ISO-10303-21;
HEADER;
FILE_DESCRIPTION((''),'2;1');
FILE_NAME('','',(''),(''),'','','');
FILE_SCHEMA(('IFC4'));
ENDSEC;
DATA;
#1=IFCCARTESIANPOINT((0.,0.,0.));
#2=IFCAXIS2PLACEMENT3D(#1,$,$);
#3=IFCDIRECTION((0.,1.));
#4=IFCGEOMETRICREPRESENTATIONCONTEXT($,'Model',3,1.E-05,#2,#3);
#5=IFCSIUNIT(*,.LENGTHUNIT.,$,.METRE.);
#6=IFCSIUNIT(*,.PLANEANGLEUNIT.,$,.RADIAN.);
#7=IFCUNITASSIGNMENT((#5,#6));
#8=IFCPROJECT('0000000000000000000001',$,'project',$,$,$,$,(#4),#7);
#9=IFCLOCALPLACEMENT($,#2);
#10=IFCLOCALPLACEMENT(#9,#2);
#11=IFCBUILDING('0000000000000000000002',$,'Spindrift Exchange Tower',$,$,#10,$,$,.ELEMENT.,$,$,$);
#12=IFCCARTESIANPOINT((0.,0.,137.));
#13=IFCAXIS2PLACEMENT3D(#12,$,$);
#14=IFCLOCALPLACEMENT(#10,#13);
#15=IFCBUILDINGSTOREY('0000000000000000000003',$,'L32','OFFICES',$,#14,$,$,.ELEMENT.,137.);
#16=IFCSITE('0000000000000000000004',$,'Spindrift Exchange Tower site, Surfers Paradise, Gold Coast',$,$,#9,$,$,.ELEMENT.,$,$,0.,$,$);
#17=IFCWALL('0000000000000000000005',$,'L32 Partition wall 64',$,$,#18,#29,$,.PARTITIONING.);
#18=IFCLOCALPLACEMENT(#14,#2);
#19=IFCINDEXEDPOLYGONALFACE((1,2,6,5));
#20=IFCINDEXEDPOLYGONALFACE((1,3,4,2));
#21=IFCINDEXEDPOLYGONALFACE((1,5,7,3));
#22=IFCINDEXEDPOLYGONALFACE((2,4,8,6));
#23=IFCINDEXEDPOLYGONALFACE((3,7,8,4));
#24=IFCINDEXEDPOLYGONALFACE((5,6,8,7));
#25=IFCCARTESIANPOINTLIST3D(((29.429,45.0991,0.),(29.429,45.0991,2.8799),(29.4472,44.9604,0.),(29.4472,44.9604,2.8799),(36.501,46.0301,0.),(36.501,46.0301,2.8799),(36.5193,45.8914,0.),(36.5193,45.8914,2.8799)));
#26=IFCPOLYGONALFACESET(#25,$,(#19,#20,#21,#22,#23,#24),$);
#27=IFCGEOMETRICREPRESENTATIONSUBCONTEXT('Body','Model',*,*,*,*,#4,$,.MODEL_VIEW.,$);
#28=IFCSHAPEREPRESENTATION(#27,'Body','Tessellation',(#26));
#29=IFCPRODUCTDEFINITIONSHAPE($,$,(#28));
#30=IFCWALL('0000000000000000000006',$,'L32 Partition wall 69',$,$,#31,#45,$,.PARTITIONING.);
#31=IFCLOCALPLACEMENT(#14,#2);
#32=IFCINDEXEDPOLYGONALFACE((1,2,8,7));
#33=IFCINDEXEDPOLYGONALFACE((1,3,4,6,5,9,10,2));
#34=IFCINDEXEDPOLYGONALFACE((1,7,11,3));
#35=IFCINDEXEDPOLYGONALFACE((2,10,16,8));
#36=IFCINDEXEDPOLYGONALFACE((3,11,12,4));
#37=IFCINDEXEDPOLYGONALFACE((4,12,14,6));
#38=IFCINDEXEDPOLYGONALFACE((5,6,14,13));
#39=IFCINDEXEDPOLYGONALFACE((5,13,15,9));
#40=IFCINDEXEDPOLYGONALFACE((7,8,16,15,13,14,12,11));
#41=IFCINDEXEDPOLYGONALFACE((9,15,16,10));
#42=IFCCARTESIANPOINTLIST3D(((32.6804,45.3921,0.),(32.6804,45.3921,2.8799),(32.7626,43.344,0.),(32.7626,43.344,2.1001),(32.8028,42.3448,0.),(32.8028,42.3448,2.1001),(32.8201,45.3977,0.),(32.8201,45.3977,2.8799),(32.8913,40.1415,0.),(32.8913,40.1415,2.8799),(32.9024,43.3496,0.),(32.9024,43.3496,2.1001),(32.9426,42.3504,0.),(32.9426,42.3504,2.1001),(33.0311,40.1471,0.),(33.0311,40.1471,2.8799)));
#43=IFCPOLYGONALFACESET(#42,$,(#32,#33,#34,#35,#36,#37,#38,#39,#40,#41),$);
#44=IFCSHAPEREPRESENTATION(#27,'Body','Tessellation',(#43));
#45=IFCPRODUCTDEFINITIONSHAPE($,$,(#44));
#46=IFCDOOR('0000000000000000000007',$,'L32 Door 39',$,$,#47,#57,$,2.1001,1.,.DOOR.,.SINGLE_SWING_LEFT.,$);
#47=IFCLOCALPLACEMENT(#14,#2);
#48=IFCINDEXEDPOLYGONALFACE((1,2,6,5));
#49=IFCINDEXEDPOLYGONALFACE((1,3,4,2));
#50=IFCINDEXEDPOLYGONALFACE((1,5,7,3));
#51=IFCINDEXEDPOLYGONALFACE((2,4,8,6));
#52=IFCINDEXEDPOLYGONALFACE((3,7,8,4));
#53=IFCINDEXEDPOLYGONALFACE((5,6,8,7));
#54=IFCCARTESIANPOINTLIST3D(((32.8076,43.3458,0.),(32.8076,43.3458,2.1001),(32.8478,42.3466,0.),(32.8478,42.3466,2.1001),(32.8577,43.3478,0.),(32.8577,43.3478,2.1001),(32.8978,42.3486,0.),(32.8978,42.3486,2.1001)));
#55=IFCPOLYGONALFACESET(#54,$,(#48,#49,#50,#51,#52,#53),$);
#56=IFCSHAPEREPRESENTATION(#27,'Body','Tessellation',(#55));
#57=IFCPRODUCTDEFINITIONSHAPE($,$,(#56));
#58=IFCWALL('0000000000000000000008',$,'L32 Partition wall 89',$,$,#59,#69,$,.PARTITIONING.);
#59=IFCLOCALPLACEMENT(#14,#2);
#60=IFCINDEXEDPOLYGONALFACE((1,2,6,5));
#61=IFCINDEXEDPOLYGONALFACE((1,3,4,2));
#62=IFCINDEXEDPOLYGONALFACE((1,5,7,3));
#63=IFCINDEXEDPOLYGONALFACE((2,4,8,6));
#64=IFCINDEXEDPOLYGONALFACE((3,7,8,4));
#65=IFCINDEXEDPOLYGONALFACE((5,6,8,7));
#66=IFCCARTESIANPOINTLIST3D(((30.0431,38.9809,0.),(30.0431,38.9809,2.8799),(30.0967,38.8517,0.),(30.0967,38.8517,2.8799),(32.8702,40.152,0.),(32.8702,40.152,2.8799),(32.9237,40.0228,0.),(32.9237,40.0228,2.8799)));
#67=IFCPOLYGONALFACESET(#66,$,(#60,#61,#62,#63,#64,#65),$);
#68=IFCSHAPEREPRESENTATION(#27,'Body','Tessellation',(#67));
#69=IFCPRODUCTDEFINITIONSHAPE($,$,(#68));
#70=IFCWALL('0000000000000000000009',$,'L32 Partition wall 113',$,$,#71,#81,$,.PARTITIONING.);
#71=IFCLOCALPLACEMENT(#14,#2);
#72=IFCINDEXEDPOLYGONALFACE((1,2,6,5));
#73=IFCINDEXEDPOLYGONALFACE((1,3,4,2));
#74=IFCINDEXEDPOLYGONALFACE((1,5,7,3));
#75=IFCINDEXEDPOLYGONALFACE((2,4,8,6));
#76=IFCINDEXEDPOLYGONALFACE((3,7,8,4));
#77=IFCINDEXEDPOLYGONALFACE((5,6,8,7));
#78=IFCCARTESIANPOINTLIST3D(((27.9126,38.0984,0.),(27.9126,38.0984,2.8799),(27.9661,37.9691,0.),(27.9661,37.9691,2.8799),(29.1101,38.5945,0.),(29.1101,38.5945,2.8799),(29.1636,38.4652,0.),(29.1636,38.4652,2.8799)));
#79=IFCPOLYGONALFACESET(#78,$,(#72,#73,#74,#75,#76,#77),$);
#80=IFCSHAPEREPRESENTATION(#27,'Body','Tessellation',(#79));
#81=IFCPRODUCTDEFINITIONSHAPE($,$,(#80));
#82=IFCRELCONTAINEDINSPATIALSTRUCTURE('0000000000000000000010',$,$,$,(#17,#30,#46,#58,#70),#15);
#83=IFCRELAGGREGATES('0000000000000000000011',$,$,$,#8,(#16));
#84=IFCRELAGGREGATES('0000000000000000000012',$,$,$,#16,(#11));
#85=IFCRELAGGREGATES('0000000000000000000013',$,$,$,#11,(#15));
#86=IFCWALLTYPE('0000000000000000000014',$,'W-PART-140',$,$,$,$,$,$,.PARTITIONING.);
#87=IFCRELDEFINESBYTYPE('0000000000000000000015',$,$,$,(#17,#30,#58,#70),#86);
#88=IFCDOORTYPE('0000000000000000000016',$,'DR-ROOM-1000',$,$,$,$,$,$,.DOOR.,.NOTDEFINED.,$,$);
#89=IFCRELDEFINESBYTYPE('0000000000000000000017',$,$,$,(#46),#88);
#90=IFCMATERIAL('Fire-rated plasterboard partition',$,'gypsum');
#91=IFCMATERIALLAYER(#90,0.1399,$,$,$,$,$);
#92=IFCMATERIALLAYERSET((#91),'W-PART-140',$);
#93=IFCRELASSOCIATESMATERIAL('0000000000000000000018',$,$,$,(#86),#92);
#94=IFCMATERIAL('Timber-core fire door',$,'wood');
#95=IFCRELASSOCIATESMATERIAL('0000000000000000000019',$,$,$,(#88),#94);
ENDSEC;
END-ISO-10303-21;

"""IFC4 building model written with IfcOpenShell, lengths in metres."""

from ifc_helpers import new_model, si_unit, direction, frame, frame_2d, origin, place, context, subcontext, project, spatial, rectangle, extrude, source, transform, mapped, material, layer, layer_set, type_object, element, fill, save


model = new_model("IFC4")

# Units and contexts
model_context = context("Model", 3, precision=1e-05, world=origin(), true_north=direction((0.0, 1.0)))
body_context = subcontext(model_context, "Body", "Model", "MODEL_VIEW")
ifc_project = project(units=[si_unit("LENGTHUNIT", "METRE"), si_unit("PLANEANGLEUNIT", "RADIAN")], contexts=[model_context])

# Site, building, storey
site_placement = place(None, origin())
site = spatial("IfcSite", under=ifc_project, at=site_placement, Name="Spindrift Exchange Tower site, Surfers Paradise, Gold Coast", CompositionType="ELEMENT", RefElevation=0.0)
building_placement = place(site_placement, origin())
building = spatial("IfcBuilding", under=site, at=building_placement, Name="Spindrift Exchange Tower", CompositionType="ELEMENT")
storey_placement = place(building_placement, frame((0.0, 0.0, 137.0)))
storey = spatial("IfcBuildingStorey", under=building, at=storey_placement, Name="L32", Description="OFFICES", CompositionType="ELEMENT", Elevation=137.0)

# Shared definitions
ifc_material_1 = material(Name="Fire-rated plasterboard partition", Category="gypsum")

# Wall
ifc_layer_1 = layer(ifc_material_1, 0.1399)
ifc_layer_set_1 = layer_set([ifc_layer_1], Name="W-PART-140")
wall_type_1 = type_object("IfcWallType", Name="W-PART-140", PredefinedType="PARTITIONING", material=ifc_layer_set_1)
wall_1_placement = place(storey_placement, frame((36.51, 45.9607, 0.0), z_axis=(0.0, 0.0, 1.0), x_axis=(-0.991447, -0.130507, 0.0)))
element("IfcWall", 1, at=wall_1_placement, inside=storey, type_object=wall_type_1, Name="L32 Partition wall 64", PredefinedType="PARTITIONING", context=body_context, shape_type="SweptSolid", body=[
    extrude(rectangle(XDim=7.1331, YDim=0.1399, at=frame_2d((3.5664, 0.0))), origin(), (0.0, 0.0, 1.0), 2.8799),
])

# Wall, opening, door
wall_2_placement = place(storey_placement, frame((32.9612, 40.1443, 0.0), z_axis=(0.0, 0.0, 1.0), x_axis=(-0.040141, 0.999194, 0.0)))
wall_2 = element("IfcWall", 2, at=wall_2_placement, inside=storey, type_object=wall_type_1, Name="L32 Partition wall 69", PredefinedType="PARTITIONING", context=body_context, shape_type="SweptSolid", body=[
    extrude(rectangle(XDim=5.2549, YDim=0.1399, at=frame_2d((2.6274, 0.0))), origin(), (0.0, 0.0, 1.0), 2.8799),
])
opening_1_placement = place(wall_2_placement, frame((2.2051, 0.0, 0.0)))
opening_1 = element("IfcOpeningElement", 3, at=opening_1_placement, cuts=wall_2, PredefinedType="OPENING", context=body_context, shape_type="SweptSolid", body=[
    extrude(rectangle(XDim=1.0, YDim=2.1001, at=frame_2d((0.5, 1.05))), frame((0.0, 0.0798, 0.0), z_axis=(0.0, -1.0, 0.0), x_axis=(1.0, 0.0, 0.0)), (0.0, 0.0, 1.0), 0.1599),
])
ifc_material_2 = material(Name="Timber-core fire door", Category="wood")
door_type_1 = type_object("IfcDoorType", Name="DR-ROOM-1000", OperationType="NOTDEFINED", PredefinedType="DOOR", material=ifc_material_2)
shared_shape_1 = source(origin(), body_context, "Body", "SweptSolid", [
    extrude(rectangle(XDim=1.0, YDim=2.1001, at=frame_2d((0.5, 1.05))), frame((0.0, 0.0249, 0.0), z_axis=(0.0, -1.0, 0.0), x_axis=(1.0, 0.0, 0.0)), (0.0, 0.0, 1.0), 0.05),
])
door_1_placement = place(opening_1_placement, origin())
door_1 = element("IfcDoor", 4, at=door_1_placement, inside=storey, type_object=door_type_1, Name="L32 Door 39", OperationType="SINGLE_SWING_LEFT", OverallHeight=2.1001, OverallWidth=1.0, PredefinedType="DOOR", context=body_context, shape_type="MappedRepresentation", body=[
    mapped(shared_shape_1, transform((0.0, 0.0, 0.0), scale=1.0)),
])
fill(opening_1, door_1)

# Walls
wall_3_placement = place(storey_placement, frame((32.897, 40.0874, 0.0), z_axis=(0.0, 0.0, 1.0), x_axis=(-0.923868, -0.382711, 0.0)))
element("IfcWall", 5, at=wall_3_placement, inside=storey, type_object=wall_type_1, Name="L32 Partition wall 89", PredefinedType="PARTITIONING", context=body_context, shape_type="SweptSolid", body=[
    extrude(rectangle(XDim=3.0601, YDim=0.1399, at=frame_2d((1.53, 0.0))), origin(), (0.0, 0.0, 1.0), 2.8799),
])
wall_4_placement = place(storey_placement, frame((29.1367, 38.5298, 0.0), z_axis=(0.0, 0.0, 1.0), x_axis=(-0.923861, -0.382729, 0.0)))
element("IfcWall", 6, at=wall_4_placement, inside=storey, type_object=wall_type_1, Name="L32 Partition wall 113", PredefinedType="PARTITIONING", context=body_context, shape_type="SweptSolid", body=[
    extrude(rectangle(XDim=1.2961, YDim=0.1399, at=frame_2d((0.6479, 0.0))), origin(), (0.0, 0.0, 1.0), 2.8799),
])

save(model, "model.ifc")
